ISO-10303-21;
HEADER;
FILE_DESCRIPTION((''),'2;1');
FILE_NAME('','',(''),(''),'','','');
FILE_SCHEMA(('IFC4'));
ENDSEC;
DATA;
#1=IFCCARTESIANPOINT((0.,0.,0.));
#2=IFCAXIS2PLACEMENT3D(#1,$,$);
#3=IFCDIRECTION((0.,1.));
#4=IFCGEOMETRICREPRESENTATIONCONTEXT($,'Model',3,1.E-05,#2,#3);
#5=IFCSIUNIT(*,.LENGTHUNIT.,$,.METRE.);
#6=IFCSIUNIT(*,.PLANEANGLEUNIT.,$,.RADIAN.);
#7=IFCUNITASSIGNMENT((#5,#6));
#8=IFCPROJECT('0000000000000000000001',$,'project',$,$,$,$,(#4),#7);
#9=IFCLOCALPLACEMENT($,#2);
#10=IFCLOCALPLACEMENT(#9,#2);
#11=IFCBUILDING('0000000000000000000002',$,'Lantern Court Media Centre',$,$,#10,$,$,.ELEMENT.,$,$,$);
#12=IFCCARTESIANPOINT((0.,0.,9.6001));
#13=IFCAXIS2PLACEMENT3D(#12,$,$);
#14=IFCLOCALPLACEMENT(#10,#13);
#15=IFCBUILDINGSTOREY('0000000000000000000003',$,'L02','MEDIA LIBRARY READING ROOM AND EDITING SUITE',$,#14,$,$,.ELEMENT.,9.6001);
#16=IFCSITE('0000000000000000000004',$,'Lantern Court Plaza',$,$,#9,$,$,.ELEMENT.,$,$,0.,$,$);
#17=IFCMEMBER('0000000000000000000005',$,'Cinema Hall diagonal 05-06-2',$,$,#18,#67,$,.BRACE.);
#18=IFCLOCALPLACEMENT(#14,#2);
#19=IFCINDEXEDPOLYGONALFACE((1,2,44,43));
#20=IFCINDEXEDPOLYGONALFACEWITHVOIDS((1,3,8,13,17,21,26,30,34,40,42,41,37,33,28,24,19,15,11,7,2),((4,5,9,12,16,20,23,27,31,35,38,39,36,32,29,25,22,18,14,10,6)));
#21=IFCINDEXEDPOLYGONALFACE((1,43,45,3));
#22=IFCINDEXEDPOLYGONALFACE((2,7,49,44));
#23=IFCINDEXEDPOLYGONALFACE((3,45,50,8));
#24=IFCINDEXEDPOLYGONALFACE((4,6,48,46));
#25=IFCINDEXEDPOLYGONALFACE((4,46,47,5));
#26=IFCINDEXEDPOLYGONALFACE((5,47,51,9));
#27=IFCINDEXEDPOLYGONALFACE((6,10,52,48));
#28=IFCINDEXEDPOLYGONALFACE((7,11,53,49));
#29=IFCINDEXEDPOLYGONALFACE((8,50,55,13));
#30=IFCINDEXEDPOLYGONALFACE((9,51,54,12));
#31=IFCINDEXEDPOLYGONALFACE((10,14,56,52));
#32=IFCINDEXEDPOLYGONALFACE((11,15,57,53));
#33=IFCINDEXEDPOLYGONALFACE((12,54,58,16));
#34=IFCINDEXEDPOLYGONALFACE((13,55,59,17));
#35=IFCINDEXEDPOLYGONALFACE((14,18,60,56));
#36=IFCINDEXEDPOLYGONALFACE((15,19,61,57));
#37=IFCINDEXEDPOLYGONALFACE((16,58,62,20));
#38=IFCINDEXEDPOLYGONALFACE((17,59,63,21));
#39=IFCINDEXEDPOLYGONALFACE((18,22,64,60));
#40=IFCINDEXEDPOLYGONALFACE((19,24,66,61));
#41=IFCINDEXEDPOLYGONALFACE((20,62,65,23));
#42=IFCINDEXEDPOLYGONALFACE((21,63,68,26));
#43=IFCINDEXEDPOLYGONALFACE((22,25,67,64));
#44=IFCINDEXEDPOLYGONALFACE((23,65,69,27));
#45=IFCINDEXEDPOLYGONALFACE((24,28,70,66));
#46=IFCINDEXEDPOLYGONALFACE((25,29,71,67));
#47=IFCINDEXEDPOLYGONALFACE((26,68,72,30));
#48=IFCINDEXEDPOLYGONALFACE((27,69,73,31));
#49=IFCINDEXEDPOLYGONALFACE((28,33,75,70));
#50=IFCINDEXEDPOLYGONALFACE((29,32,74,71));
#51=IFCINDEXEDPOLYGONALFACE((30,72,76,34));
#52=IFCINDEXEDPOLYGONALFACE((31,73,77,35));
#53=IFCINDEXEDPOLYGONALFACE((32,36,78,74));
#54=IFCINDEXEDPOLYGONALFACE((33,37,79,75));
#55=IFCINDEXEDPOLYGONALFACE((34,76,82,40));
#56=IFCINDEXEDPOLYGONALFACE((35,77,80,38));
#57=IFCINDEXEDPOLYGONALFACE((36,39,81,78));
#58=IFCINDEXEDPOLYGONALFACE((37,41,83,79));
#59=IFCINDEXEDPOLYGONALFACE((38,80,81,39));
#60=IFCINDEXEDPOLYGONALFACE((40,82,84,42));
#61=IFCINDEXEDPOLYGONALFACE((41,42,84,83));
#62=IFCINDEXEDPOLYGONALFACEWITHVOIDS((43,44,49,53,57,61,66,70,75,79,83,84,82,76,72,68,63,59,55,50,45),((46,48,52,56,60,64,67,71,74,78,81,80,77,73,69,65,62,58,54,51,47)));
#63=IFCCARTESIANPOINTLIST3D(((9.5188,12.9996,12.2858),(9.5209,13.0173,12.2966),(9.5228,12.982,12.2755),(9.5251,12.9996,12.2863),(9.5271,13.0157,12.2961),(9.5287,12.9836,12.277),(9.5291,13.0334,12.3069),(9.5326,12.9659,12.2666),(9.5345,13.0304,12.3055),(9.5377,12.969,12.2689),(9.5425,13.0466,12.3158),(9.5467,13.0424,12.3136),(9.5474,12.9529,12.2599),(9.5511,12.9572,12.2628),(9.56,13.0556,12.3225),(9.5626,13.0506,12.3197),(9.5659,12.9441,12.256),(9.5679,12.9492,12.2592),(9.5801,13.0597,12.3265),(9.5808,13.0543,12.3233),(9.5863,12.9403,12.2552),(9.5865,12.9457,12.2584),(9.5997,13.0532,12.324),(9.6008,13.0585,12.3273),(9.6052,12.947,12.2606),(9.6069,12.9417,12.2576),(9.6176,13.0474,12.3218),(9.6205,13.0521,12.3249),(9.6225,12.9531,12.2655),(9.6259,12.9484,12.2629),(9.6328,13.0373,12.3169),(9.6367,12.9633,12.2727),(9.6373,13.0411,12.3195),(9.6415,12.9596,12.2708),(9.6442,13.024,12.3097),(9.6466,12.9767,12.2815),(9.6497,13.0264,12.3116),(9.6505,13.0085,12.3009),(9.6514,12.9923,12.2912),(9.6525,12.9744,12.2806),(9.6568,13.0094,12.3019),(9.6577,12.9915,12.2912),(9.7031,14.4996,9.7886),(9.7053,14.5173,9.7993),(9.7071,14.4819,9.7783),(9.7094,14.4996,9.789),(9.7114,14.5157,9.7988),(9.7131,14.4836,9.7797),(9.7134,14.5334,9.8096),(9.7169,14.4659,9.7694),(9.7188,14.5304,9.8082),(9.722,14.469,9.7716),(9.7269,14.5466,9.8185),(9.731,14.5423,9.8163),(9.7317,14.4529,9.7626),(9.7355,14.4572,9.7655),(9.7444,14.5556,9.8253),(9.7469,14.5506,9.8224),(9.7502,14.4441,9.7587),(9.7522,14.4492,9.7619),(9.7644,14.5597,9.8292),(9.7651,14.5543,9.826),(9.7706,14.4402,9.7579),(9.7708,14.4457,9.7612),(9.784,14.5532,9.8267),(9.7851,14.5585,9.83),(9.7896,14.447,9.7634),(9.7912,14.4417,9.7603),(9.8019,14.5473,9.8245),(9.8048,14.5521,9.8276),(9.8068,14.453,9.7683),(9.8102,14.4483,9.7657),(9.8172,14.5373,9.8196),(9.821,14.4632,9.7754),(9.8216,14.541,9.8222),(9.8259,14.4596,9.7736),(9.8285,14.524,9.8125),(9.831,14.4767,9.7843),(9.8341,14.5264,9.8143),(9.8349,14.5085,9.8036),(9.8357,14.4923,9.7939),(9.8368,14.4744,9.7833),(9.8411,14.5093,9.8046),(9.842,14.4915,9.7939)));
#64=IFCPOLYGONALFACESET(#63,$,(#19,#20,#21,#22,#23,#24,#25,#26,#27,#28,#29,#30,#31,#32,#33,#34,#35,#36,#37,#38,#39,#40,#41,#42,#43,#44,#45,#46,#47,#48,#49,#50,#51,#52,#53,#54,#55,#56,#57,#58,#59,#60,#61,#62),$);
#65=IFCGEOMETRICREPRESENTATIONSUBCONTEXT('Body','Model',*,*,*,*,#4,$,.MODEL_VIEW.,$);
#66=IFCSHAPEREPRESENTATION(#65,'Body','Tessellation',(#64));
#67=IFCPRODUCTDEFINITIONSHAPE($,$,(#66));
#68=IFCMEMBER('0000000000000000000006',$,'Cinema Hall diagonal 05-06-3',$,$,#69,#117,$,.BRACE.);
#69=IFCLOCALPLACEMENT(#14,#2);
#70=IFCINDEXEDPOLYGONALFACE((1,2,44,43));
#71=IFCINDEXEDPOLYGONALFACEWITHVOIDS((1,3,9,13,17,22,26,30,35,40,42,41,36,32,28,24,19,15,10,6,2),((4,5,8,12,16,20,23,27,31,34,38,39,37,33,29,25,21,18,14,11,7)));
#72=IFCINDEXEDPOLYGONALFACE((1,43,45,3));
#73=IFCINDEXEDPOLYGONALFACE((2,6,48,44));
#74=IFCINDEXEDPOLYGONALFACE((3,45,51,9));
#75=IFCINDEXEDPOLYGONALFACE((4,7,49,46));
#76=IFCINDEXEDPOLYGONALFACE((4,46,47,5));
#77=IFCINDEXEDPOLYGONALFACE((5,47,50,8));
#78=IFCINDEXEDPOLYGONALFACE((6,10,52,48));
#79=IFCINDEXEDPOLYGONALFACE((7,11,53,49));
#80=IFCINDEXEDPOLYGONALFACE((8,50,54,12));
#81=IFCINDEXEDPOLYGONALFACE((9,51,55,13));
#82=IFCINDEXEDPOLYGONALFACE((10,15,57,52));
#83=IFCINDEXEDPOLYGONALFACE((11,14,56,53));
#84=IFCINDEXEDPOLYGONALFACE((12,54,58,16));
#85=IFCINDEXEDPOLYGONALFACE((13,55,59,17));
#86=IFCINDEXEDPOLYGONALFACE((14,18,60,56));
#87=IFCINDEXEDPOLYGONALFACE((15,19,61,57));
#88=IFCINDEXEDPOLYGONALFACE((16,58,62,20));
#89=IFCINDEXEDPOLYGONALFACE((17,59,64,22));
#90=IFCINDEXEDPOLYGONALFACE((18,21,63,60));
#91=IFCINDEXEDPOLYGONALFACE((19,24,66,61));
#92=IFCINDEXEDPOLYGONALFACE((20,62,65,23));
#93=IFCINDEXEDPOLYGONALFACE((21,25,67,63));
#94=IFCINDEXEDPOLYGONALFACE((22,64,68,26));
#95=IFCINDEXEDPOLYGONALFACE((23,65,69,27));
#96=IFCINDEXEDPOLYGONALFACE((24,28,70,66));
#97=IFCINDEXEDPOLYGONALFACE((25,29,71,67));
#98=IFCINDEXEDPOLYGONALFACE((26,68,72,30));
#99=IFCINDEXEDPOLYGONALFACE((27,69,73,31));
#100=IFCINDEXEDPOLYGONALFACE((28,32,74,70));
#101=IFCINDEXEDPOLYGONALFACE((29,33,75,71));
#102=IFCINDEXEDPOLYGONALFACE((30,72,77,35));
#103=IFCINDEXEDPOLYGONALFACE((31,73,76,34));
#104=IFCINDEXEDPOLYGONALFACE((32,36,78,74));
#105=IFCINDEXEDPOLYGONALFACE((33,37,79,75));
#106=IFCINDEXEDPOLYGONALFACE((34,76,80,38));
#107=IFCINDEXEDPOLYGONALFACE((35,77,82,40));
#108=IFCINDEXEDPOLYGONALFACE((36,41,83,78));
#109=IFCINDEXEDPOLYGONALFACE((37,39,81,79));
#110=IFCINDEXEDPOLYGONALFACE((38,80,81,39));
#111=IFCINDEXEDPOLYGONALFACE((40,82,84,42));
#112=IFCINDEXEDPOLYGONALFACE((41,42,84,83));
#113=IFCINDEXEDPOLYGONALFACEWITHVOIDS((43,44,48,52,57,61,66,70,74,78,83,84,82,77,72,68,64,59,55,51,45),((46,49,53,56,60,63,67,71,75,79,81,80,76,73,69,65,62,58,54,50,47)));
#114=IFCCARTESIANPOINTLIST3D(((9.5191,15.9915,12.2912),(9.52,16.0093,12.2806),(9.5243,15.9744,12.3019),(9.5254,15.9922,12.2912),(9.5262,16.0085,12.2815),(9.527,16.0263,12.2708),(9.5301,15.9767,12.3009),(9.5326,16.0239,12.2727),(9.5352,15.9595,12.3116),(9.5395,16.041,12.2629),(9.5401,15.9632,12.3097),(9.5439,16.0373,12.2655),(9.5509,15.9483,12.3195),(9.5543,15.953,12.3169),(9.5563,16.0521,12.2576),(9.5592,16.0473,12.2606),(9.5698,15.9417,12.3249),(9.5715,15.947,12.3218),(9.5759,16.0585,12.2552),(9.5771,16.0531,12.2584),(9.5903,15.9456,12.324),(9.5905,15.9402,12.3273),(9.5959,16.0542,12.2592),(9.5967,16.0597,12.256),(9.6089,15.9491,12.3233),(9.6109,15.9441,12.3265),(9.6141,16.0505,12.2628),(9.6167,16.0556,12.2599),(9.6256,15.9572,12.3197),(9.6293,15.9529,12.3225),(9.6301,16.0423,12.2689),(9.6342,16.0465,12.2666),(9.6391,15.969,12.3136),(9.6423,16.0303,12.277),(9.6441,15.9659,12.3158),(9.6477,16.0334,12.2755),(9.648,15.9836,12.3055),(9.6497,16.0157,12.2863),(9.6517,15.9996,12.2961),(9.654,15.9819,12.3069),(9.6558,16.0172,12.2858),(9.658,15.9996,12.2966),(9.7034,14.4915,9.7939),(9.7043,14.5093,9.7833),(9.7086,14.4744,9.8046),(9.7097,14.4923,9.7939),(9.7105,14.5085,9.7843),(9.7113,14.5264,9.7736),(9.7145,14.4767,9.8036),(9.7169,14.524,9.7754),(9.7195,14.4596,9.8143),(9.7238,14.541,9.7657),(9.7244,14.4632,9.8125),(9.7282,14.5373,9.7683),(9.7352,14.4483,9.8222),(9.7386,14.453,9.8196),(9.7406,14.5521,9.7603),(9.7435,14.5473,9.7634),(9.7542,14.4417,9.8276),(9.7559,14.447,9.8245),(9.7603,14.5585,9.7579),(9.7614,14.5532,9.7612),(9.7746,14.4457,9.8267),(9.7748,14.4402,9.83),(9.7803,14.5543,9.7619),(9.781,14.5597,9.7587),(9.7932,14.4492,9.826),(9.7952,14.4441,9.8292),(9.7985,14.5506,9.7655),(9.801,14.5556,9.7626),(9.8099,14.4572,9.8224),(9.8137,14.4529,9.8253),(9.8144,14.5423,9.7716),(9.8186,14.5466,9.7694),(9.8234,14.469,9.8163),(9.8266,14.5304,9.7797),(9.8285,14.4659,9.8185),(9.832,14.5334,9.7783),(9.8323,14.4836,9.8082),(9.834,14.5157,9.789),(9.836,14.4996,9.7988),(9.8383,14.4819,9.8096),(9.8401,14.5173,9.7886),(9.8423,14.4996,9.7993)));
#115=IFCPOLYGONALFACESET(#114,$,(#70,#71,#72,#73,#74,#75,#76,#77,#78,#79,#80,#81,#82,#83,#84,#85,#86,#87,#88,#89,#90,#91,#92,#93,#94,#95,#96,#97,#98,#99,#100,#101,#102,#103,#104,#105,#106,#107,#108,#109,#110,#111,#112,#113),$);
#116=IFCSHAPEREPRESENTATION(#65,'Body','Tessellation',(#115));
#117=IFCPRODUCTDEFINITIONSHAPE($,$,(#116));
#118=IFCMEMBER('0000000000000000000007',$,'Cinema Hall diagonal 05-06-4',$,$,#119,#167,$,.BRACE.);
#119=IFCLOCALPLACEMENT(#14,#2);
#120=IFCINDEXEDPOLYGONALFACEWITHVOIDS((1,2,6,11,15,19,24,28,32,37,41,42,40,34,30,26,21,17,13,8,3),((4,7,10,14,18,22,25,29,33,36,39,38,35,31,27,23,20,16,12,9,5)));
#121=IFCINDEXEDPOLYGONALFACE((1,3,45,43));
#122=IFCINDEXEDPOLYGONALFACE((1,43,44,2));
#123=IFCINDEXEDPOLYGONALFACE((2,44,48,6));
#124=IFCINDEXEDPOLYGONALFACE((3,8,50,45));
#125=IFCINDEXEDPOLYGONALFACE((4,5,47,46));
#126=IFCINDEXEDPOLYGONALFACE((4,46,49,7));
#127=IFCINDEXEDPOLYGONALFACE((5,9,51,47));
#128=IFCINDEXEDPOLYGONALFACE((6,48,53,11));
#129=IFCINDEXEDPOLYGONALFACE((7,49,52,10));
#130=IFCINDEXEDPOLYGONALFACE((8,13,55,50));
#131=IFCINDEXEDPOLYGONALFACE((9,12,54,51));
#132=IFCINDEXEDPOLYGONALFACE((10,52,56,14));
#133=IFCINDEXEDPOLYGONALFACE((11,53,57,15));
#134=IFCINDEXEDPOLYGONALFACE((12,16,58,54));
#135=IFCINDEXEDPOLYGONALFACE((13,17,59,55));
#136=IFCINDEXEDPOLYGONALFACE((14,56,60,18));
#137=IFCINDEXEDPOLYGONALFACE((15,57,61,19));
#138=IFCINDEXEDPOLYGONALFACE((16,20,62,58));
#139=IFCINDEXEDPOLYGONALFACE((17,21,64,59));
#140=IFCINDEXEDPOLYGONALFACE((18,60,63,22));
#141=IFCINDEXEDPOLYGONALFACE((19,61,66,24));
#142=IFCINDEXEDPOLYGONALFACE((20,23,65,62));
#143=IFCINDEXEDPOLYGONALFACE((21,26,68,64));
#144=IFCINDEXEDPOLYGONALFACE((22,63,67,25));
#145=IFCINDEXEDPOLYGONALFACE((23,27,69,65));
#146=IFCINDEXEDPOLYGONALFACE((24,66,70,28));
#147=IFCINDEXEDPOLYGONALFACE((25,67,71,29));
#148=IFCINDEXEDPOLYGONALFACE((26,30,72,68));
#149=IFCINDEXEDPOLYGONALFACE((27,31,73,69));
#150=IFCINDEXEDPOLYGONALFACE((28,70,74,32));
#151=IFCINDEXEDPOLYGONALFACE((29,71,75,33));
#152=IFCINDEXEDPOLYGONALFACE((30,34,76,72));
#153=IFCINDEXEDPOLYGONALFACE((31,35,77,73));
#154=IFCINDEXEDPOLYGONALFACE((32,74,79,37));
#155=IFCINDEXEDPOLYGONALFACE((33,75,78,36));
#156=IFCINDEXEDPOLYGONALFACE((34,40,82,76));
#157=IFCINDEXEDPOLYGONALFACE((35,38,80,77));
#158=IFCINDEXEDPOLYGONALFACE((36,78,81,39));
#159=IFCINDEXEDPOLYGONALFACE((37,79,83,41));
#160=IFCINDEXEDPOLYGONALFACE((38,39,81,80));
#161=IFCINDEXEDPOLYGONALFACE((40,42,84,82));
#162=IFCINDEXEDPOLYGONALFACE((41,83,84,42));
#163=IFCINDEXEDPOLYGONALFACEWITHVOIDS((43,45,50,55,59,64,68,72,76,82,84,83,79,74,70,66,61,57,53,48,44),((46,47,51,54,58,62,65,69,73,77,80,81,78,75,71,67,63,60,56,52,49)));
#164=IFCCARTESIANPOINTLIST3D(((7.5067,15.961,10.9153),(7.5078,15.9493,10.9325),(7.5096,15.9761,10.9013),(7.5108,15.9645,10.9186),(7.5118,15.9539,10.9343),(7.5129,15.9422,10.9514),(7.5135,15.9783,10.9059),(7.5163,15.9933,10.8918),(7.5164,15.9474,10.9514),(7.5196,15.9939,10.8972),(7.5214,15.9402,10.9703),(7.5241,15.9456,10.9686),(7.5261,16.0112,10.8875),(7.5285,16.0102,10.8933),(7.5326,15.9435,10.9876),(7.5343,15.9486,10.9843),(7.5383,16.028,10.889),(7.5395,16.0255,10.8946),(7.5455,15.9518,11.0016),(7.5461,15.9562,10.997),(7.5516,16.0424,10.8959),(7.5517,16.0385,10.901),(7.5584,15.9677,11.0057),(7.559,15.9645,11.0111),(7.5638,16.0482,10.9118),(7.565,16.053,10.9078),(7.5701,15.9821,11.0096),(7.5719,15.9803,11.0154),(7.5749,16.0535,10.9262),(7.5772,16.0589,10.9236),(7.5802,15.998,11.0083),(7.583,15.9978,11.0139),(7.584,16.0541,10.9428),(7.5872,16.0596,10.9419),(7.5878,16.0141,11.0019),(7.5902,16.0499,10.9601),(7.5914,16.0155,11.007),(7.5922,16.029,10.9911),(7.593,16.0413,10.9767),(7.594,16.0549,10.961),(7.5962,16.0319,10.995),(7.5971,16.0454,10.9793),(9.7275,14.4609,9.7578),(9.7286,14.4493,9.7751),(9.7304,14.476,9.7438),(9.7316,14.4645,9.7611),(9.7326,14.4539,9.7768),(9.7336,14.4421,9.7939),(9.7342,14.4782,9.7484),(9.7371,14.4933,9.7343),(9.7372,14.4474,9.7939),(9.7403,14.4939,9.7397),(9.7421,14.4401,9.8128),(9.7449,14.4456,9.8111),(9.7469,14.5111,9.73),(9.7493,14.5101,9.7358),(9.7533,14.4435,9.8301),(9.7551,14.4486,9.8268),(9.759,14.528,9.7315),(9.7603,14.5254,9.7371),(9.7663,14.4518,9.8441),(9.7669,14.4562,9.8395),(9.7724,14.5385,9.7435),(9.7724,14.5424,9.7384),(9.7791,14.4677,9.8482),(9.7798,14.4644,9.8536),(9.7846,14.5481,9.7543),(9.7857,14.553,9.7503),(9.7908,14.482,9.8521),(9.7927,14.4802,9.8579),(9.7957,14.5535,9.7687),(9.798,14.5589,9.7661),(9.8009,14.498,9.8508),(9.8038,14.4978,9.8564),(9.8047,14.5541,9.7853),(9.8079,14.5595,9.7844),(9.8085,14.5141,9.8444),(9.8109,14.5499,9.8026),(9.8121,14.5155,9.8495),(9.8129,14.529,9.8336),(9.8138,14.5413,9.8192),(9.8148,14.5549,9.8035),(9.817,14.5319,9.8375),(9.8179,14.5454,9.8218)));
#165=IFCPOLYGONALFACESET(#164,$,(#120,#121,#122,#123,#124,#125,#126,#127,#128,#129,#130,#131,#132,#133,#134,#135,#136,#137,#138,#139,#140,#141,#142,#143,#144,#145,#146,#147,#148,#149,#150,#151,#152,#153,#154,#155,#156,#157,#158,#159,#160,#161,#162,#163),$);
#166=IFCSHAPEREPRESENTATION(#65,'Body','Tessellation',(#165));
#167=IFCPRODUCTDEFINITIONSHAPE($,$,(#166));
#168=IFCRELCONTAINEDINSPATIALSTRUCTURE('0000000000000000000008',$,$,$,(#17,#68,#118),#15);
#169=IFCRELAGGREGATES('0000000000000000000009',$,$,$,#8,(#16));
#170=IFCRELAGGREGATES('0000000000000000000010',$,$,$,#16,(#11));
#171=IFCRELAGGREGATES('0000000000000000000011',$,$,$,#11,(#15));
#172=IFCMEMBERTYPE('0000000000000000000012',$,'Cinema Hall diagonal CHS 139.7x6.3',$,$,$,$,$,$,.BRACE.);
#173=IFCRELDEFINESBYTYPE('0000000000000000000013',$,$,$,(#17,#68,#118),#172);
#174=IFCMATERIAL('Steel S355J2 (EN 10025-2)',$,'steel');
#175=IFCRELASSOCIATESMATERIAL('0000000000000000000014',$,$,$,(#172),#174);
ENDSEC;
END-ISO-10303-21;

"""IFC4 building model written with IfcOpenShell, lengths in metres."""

from ifc_helpers import new_model, si_unit, direction, frame, origin, origin_2d, place, context, subcontext, project, spatial, hollow_circle, extrude, material, material_profile, profile_set, type_object, element, save


model = new_model("IFC4")

# Units and contexts
model_context = context("Model", 3, precision=1e-05, world=origin(), true_north=direction((0.0, 1.0)))
body_context = subcontext(model_context, "Body", "Model", "MODEL_VIEW")
ifc_project = project(units=[si_unit("LENGTHUNIT", "METRE"), si_unit("PLANEANGLEUNIT", "RADIAN")], contexts=[model_context])

# Site, building, storey
site_placement = place(None, origin())
site = spatial("IfcSite", under=ifc_project, at=site_placement, Name="Lantern Court Plaza", CompositionType="ELEMENT", RefElevation=0.0)
building_placement = place(site_placement, origin())
building = spatial("IfcBuilding", under=site, at=building_placement, Name="Lantern Court Media Centre", CompositionType="ELEMENT")
storey_placement = place(building_placement, frame((0.0, 0.0, 9.6001)))
storey = spatial("IfcBuildingStorey", under=building, at=storey_placement, Name="L02", Description="MEDIA LIBRARY READING ROOM AND EDITING SUITE", CompositionType="ELEMENT", Elevation=9.6001)

# Members
ifc_material = material(Name="Steel S355J2 (EN 10025-2)", Category="steel")
ifc_material_profile_1 = material_profile(ifc_material, hollow_circle(Radius=0.0698, WallThickness=0.0063, at=origin_2d()), Name="Cinema Hall diagonal CHS 139.7x6.3")
ifc_profile_set_1 = profile_set([ifc_material_profile_1], Name="Steel S355J2 (EN 10025-2)")
member_type_1 = type_object("IfcMemberType", Name="Cinema Hall diagonal CHS 139.7x6.3", PredefinedType="BRACE", material=ifc_profile_set_1)
for number, where, z_axis, x_axis, name in (
    (1, (9.7727, 14.5, 9.7939), (-0.063147, -0.513875, 0.855538), (0.992534, -0.121967, 0.0), "Cinema Hall diagonal 05-06-2"),
    (2, (9.7727, 14.5, 9.7939), (-0.063147, 0.513875, 0.855538), (-0.992534, -0.121967, 0.0), "Cinema Hall diagonal 05-06-3"),
):
    element("IfcMember", number, at=place(storey_placement, frame(where, z_axis=z_axis, x_axis=x_axis)), inside=storey, type_object=member_type_1, Name=name, PredefinedType="BRACE", context=body_context, shape_type="SweptSolid", body=[
        extrude(hollow_circle(Radius=0.0698, WallThickness=0.0063, at=origin_2d()), origin(), (0.0, 0.0, 1.0), 2.9189),
    ])
for number, where, z_axis, x_axis, name in (
    (3, (9.7727, 14.5, 9.7939), (-0.760744, 0.513854, 0.396514), (-0.559736, -0.828671, 0.0), "Cinema Hall diagonal 05-06-4"),
):
    element("IfcMember", number, at=place(storey_placement, frame(where, z_axis=z_axis, x_axis=x_axis)), inside=storey, type_object=member_type_1, Name=name, PredefinedType="BRACE", context=body_context, shape_type="SweptSolid", body=[
        extrude(hollow_circle(Radius=0.0698, WallThickness=0.0063, at=origin_2d()), origin(), (0.0, 0.0, 1.0), 2.9192),
    ])

save(model, "model.ifc")
